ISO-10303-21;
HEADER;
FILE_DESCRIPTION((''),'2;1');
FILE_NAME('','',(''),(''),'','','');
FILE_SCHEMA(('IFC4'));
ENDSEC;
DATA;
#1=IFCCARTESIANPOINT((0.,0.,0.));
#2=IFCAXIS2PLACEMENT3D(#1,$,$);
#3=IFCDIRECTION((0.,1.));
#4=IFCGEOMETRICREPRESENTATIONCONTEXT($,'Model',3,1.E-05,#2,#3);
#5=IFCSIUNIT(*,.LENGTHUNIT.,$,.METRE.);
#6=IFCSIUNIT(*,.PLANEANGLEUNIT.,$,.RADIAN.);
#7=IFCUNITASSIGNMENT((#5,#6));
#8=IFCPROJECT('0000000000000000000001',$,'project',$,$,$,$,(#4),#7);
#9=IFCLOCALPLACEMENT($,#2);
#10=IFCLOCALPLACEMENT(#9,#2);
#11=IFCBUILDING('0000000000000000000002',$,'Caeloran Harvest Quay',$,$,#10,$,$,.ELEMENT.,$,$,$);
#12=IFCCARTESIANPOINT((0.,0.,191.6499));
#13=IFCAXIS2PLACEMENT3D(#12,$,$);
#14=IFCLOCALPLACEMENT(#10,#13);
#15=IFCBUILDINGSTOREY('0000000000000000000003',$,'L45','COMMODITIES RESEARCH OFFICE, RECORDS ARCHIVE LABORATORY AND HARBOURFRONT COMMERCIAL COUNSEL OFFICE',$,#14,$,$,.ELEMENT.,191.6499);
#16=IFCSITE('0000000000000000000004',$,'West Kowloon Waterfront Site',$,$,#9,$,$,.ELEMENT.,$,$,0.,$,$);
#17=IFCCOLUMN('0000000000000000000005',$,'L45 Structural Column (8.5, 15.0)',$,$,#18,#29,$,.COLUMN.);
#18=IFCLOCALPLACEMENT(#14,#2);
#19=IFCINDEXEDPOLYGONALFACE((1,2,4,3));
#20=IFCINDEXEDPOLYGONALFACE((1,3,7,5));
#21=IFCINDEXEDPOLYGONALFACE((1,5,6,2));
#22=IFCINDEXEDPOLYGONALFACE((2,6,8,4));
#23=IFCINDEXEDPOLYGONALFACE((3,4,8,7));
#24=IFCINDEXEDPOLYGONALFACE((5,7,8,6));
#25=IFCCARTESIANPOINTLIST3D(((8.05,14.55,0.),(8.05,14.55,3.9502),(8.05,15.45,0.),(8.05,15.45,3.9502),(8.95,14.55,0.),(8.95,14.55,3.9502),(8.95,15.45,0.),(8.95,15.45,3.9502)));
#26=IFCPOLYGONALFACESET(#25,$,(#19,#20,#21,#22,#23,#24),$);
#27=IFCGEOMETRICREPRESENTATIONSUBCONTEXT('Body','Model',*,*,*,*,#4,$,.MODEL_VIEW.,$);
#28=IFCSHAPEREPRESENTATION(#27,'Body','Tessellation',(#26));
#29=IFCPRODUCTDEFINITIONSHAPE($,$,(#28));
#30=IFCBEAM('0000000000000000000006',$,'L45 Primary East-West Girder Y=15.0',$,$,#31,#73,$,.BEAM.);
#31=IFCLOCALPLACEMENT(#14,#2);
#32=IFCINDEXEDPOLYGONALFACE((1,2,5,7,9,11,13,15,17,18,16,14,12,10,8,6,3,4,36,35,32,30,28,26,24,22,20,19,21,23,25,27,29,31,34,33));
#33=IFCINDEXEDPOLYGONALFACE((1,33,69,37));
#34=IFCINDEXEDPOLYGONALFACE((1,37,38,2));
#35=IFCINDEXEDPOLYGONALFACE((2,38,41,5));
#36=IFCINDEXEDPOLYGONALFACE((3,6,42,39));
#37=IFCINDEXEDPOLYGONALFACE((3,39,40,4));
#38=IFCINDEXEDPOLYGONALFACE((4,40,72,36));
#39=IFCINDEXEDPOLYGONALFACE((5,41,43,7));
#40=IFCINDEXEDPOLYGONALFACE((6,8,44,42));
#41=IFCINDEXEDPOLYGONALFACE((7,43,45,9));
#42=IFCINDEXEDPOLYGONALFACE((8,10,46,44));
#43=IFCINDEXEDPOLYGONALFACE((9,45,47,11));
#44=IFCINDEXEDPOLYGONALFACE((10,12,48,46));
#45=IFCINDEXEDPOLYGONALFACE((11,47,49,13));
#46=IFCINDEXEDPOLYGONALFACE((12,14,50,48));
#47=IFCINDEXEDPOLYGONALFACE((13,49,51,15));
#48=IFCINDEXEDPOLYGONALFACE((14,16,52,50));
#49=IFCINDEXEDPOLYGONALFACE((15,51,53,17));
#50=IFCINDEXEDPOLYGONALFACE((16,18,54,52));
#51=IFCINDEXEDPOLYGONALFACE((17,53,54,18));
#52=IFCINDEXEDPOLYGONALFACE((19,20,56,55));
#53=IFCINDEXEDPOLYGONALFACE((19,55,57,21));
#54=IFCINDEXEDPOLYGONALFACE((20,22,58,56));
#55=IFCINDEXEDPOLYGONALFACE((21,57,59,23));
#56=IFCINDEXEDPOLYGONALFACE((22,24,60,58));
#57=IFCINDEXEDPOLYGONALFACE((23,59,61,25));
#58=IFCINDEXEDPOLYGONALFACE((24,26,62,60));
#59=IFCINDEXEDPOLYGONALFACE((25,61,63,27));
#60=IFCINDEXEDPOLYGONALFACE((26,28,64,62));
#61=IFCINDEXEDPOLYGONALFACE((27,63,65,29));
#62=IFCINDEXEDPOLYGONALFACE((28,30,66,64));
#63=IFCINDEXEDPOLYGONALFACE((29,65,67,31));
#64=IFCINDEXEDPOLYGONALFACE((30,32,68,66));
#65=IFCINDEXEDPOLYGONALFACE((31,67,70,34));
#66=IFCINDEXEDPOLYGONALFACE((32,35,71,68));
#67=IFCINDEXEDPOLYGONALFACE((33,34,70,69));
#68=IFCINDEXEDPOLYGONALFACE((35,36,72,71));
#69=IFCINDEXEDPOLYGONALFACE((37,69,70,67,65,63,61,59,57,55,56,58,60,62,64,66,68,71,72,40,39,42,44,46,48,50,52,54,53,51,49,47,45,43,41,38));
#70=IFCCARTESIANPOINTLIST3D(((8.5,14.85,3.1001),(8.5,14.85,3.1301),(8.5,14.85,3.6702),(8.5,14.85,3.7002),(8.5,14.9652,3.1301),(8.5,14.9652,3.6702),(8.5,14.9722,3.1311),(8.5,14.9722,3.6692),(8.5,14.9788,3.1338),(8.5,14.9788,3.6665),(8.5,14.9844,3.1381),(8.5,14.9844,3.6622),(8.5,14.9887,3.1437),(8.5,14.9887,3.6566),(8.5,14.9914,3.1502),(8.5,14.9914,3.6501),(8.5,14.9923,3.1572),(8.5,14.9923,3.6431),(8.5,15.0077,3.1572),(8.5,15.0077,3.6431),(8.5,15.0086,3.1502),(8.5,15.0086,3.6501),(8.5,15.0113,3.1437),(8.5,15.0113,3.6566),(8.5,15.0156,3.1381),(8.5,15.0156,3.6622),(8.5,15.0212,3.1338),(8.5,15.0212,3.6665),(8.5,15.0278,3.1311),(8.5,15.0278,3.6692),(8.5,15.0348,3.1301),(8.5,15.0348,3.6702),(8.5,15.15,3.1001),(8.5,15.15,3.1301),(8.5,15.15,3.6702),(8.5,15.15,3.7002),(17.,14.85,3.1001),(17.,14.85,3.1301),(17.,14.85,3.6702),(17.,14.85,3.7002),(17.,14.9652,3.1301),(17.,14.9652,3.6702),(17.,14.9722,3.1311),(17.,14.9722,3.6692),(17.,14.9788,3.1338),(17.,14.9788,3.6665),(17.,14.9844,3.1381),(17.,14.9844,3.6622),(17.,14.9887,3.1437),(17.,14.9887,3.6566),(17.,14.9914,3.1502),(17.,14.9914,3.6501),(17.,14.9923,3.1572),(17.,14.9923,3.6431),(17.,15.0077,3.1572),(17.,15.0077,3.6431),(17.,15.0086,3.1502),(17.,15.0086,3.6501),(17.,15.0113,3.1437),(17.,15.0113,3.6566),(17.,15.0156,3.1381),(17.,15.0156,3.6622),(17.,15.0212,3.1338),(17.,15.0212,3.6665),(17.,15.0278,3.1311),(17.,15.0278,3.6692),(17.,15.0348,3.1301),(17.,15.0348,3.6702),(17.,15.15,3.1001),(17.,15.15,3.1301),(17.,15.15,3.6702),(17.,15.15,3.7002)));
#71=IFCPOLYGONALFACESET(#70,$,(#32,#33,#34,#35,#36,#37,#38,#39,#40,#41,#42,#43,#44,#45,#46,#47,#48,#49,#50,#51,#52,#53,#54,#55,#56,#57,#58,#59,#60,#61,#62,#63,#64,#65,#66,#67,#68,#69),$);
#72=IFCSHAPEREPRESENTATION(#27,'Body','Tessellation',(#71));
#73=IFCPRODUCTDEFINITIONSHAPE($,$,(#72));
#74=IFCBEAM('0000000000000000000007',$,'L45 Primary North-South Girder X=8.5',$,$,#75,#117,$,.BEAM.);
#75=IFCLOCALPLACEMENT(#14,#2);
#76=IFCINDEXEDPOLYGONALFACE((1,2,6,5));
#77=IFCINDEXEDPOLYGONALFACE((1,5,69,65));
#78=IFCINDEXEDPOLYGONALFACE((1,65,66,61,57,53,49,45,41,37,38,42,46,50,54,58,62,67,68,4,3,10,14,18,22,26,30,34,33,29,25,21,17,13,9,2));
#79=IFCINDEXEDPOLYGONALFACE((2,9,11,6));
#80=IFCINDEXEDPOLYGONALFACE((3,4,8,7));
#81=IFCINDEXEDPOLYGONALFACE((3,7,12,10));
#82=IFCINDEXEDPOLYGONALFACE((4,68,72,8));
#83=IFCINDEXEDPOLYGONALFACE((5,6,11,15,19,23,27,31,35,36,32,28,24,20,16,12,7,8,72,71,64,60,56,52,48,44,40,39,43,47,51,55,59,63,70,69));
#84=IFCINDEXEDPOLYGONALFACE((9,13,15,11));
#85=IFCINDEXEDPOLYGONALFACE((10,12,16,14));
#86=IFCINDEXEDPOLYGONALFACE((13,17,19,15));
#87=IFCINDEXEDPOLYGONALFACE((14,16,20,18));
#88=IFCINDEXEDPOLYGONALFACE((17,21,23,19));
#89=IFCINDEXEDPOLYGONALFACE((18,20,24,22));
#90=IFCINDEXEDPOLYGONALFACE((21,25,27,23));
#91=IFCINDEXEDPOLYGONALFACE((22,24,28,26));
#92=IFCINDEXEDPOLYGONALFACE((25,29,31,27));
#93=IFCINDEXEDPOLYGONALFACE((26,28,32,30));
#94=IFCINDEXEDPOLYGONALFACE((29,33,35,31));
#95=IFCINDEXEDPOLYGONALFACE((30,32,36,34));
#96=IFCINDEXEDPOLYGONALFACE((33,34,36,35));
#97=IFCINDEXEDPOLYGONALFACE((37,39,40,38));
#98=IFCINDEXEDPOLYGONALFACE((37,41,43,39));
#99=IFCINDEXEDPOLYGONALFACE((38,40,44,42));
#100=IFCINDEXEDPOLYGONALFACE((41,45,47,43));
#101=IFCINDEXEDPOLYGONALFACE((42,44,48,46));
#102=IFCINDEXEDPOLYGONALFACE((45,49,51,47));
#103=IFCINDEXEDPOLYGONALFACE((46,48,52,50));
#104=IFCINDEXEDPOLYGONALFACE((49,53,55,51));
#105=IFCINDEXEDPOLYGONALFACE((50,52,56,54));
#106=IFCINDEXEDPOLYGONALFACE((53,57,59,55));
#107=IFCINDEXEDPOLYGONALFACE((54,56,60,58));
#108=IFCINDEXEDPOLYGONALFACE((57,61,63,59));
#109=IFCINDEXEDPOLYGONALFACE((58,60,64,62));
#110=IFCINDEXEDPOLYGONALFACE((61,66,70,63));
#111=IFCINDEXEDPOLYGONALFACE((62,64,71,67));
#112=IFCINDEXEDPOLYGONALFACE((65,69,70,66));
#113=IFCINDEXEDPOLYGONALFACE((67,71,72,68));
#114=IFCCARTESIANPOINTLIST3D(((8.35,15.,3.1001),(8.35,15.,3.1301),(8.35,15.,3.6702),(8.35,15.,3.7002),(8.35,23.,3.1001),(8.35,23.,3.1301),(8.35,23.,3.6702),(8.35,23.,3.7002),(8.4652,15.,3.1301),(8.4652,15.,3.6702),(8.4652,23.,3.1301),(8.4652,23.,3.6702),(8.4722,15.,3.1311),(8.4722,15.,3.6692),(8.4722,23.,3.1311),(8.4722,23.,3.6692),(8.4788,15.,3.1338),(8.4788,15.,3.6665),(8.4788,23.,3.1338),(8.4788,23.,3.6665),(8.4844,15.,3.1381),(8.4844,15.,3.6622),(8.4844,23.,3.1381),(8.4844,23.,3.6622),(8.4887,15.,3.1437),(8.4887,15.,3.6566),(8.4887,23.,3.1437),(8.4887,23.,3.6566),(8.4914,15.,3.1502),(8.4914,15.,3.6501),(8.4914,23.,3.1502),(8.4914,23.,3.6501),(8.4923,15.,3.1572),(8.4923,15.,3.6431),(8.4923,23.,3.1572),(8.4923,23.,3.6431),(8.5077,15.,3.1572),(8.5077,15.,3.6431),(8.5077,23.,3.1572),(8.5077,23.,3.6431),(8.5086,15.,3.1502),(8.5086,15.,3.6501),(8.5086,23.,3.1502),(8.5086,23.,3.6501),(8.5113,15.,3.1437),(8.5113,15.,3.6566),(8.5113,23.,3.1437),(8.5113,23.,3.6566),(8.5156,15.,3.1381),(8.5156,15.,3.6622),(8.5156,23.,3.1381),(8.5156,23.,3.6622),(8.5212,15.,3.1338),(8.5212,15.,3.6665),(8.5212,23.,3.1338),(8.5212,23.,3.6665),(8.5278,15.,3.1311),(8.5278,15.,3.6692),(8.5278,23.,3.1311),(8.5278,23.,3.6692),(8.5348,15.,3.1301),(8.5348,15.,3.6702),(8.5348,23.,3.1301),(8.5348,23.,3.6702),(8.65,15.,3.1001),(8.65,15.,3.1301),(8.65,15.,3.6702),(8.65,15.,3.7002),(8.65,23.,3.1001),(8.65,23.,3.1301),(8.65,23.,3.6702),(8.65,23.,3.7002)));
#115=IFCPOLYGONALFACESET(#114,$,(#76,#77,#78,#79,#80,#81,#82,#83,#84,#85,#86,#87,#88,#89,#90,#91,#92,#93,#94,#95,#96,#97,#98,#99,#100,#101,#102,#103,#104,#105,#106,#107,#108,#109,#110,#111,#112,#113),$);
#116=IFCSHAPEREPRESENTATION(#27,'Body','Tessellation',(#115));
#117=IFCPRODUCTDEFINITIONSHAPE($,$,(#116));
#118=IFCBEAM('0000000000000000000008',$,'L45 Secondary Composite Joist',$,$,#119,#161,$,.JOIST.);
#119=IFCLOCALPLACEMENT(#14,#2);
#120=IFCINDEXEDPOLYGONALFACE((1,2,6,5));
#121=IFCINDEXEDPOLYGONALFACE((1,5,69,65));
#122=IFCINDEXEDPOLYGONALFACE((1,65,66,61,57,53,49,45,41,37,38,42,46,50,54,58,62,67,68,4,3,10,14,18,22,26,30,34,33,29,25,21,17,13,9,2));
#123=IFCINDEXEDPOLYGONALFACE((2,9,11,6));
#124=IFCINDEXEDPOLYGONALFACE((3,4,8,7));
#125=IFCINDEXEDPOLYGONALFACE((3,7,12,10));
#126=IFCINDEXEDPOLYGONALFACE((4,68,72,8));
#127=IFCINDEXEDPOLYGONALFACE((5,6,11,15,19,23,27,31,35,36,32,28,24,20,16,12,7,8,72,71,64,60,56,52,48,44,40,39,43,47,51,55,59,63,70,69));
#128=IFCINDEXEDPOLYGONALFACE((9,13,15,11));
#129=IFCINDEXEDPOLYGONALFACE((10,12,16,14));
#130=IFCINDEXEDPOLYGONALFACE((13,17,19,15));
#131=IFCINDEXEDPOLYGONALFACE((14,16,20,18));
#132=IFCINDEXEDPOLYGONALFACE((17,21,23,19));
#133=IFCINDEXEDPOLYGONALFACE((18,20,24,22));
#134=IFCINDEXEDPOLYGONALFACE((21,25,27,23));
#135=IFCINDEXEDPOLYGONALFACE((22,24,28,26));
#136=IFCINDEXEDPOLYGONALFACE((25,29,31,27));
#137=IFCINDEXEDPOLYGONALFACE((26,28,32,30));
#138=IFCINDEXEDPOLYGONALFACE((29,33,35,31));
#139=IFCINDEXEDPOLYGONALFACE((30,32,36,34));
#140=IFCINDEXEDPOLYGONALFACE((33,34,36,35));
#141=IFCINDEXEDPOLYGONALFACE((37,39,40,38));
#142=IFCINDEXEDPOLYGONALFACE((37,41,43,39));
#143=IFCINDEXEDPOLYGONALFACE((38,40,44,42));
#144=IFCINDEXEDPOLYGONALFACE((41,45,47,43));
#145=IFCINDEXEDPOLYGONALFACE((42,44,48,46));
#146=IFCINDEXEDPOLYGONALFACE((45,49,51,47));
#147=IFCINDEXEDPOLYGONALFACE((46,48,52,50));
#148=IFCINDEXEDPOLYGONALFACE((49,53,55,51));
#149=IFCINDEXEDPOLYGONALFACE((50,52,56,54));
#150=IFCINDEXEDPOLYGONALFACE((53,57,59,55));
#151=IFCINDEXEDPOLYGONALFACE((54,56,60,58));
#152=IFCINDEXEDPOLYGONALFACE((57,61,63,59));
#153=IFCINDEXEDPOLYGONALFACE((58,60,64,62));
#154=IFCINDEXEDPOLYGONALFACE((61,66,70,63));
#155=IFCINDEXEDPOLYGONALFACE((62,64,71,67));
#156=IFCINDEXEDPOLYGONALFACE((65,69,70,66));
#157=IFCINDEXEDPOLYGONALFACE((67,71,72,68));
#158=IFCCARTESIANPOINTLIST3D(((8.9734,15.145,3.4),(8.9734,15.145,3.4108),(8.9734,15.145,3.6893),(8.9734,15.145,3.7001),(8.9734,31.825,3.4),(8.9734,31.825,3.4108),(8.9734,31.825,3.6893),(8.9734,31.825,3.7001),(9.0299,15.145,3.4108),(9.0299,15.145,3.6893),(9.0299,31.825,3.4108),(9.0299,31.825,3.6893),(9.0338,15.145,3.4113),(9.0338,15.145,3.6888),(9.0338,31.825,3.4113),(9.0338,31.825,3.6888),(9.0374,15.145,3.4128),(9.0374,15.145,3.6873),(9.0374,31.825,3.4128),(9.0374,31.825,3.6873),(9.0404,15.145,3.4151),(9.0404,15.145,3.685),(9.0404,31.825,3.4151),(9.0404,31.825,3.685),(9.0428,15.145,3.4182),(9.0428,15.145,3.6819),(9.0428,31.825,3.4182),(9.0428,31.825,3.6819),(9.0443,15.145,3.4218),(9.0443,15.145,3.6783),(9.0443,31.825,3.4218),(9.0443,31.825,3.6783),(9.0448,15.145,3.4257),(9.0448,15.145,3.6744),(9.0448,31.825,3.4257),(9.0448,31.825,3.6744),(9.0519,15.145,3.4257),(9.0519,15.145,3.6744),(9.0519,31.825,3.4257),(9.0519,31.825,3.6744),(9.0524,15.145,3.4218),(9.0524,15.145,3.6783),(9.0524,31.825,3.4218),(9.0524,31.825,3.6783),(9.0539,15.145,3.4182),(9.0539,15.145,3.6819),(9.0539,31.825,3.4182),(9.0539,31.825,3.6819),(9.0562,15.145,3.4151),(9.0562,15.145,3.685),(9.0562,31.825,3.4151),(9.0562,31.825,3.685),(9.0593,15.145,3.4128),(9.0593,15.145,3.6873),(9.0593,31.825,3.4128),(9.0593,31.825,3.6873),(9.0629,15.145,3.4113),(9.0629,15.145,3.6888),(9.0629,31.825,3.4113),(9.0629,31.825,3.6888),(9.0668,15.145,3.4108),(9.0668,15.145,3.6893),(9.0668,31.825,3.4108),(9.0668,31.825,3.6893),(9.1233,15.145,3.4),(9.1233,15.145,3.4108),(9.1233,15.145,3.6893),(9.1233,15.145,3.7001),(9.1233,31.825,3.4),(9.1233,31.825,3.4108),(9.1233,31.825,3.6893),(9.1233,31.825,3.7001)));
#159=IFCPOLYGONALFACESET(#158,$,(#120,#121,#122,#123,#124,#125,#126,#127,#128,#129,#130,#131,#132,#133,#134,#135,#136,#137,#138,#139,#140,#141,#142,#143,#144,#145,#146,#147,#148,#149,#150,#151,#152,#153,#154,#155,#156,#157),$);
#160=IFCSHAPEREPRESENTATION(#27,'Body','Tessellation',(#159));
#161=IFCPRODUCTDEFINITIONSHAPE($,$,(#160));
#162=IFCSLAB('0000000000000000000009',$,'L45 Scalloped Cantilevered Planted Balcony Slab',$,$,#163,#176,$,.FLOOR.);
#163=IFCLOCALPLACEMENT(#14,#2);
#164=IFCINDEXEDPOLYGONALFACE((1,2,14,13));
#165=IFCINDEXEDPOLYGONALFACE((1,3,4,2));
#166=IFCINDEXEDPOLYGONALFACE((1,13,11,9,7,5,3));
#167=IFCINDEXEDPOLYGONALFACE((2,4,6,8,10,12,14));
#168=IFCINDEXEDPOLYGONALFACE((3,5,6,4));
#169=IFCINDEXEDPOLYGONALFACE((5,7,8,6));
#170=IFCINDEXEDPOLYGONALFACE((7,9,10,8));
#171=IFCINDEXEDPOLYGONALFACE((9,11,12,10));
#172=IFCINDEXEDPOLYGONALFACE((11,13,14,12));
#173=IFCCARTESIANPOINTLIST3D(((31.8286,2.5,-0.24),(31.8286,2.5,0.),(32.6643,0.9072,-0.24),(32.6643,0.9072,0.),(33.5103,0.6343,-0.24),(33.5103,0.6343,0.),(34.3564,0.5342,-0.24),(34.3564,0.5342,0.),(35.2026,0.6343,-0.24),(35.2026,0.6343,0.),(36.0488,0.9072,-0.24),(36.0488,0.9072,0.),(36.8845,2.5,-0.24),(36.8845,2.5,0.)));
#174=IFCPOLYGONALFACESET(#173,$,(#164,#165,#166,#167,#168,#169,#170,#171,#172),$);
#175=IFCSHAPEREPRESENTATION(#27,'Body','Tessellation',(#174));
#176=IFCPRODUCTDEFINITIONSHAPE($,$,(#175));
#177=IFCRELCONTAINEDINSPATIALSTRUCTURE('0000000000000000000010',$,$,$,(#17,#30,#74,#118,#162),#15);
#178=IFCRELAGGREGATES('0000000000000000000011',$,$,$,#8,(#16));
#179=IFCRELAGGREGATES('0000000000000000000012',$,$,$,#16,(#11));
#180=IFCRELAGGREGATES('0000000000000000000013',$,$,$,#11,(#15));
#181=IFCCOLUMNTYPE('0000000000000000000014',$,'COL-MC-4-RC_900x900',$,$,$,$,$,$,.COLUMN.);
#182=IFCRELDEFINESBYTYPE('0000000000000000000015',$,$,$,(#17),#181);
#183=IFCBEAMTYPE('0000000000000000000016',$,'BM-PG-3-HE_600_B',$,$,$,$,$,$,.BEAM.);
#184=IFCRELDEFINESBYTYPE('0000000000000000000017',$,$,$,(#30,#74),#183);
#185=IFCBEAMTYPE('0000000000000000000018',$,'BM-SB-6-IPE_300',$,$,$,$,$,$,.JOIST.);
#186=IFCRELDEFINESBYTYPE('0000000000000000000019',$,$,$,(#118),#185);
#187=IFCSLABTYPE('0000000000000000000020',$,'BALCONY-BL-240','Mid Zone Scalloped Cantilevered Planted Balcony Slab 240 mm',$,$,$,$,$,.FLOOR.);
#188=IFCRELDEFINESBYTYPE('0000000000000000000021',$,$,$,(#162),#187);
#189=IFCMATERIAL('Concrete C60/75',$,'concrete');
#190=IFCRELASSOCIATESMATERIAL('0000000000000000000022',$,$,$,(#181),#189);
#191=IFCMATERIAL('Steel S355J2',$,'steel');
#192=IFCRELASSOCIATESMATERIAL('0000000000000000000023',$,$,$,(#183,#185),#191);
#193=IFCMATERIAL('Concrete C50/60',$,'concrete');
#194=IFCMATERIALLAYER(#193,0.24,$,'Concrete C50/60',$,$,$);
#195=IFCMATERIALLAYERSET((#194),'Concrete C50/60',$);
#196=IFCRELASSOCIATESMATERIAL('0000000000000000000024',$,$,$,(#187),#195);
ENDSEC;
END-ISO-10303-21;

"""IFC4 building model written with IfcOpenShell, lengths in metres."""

from ifc_helpers import new_model, si_unit, direction, frame, origin, origin_2d, place, context, subcontext, project, spatial, polyline, rectangle, i_section, outline, extrude, material, layer, layer_set, material_profile, profile_set, type_object, element, save


model = new_model("IFC4")

# Units and contexts
model_context = context("Model", 3, precision=1e-05, world=origin(), true_north=direction((0.0, 1.0)))
body_context = subcontext(model_context, "Body", "Model", "MODEL_VIEW")
ifc_project = project(units=[si_unit("LENGTHUNIT", "METRE"), si_unit("PLANEANGLEUNIT", "RADIAN")], contexts=[model_context])

# Site, building, storey
site_placement = place(None, origin())
site = spatial("IfcSite", under=ifc_project, at=site_placement, Name="West Kowloon Waterfront Site", CompositionType="ELEMENT", RefElevation=0.0)
building_placement = place(site_placement, origin())
building = spatial("IfcBuilding", under=site, at=building_placement, Name="Caeloran Harvest Quay", CompositionType="ELEMENT")
storey_placement = place(building_placement, frame((0.0, 0.0, 191.6499)))
storey = spatial("IfcBuildingStorey", under=building, at=storey_placement, Name="L45", Description="COMMODITIES RESEARCH OFFICE, RECORDS ARCHIVE LABORATORY AND HARBOURFRONT COMMERCIAL COUNSEL OFFICE", CompositionType="ELEMENT", Elevation=191.6499)

# Column
ifc_material_1 = material(Name="Concrete C60/75", Category="concrete")
ifc_material_profile_1 = material_profile(ifc_material_1, rectangle(XDim=0.8999, YDim=0.8999, at=origin_2d()), Name="RC 900x900")
ifc_profile_set_1 = profile_set([ifc_material_profile_1], Name="Concrete C60/75")
column_type = type_object("IfcColumnType", Name="COL-MC-4-RC_900x900", PredefinedType="COLUMN", material=ifc_profile_set_1)
column_placement = place(storey_placement, frame((8.5, 15.0, 0.0), z_axis=(0.0, 0.0, 1.0), x_axis=(1.0, 0.0, 0.0)))
element("IfcColumn", 1, at=column_placement, inside=storey, type_object=column_type, Name="L45 Structural Column (8.5, 15.0)", PredefinedType="COLUMN", context=body_context, shape_type="SweptSolid", body=[
    extrude(rectangle(XDim=0.8999, YDim=0.8999, at=origin_2d()), origin(), (0.0, 0.0, 1.0), 3.9502),
])

# Beams
ifc_material_2 = material(Name="Steel S355J2", Category="steel")
ifc_material_profile_2 = material_profile(ifc_material_2, i_section(OverallWidth=0.3, OverallDepth=0.6001, WebThickness=0.0154, FlangeThickness=0.03, FilletRadius=0.0271, at=origin_2d()), Name="HE 600 B")
ifc_profile_set_2 = profile_set([ifc_material_profile_2], Name="Steel S355J2")
beam_type_1 = type_object("IfcBeamType", Name="BM-PG-3-HE_600_B", PredefinedType="BEAM", material=ifc_profile_set_2)
beam_1_placement = place(storey_placement, frame((8.5, 15.0, 3.4001), z_axis=(1.0, 0.0, 0.0), x_axis=(0.0, 1.0, 0.0)))
element("IfcBeam", 2, at=beam_1_placement, inside=storey, type_object=beam_type_1, Name="L45 Primary East-West Girder Y=15.0", PredefinedType="BEAM", context=body_context, shape_type="SweptSolid", body=[
    extrude(i_section(OverallWidth=0.3, OverallDepth=0.6001, WebThickness=0.0154, FlangeThickness=0.03, FilletRadius=0.0271, at=origin_2d()), origin(), (0.0, 0.0, 1.0), 8.5),
])
beam_2_placement = place(storey_placement, frame((8.5, 15.0, 3.4001), z_axis=(0.0, 1.0, 0.0), x_axis=(-1.0, 0.0, 0.0)))
element("IfcBeam", 3, at=beam_2_placement, inside=storey, type_object=beam_type_1, Name="L45 Primary North-South Girder X=8.5", PredefinedType="BEAM", context=body_context, shape_type="SweptSolid", body=[
    extrude(i_section(OverallWidth=0.3, OverallDepth=0.6001, WebThickness=0.0154, FlangeThickness=0.03, FilletRadius=0.0271, at=origin_2d()), origin(), (0.0, 0.0, 1.0), 8.0),
])
ifc_material_profile_3 = material_profile(ifc_material_2, i_section(OverallWidth=0.1499, OverallDepth=0.3, WebThickness=0.0071, FlangeThickness=0.0107, FilletRadius=0.0149, at=origin_2d()), Name="IPE 300")
ifc_profile_set_3 = profile_set([ifc_material_profile_3], Name="Steel S355J2")
beam_type_2 = type_object("IfcBeamType", Name="BM-SB-6-IPE_300", PredefinedType="JOIST", material=ifc_profile_set_3)
beam_3_placement = place(storey_placement, frame((9.0483, 15.145, 3.55), z_axis=(0.0, 1.0, 0.0), x_axis=(-1.0, 0.0, 0.0)))
element("IfcBeam", 4, at=beam_3_placement, inside=storey, type_object=beam_type_2, Name="L45 Secondary Composite Joist", PredefinedType="JOIST", context=body_context, shape_type="SweptSolid", body=[
    extrude(i_section(OverallWidth=0.1499, OverallDepth=0.3, WebThickness=0.0071, FlangeThickness=0.0107, FilletRadius=0.0149, at=origin_2d()), origin(), (0.0, 0.0, 1.0), 16.6799),
])

# Slab
ifc_material_3 = material(Name="Concrete C50/60", Category="concrete")
ifc_layer_1 = layer(ifc_material_3, 0.24, Name="Concrete C50/60")
ifc_layer_set_1 = layer_set([ifc_layer_1], Name="Concrete C50/60")
slab_type_1 = type_object("IfcSlabType", Name="BALCONY-BL-240", Description="Mid Zone Scalloped Cantilevered Planted Balcony Slab 240 mm", PredefinedType="FLOOR", material=ifc_layer_set_1)
slab_1_placement = place(storey_placement, frame((0.0, 0.0, -0.24)))
element("IfcSlab", 5, at=slab_1_placement, inside=storey, type_object=slab_type_1, Name="L45 Scalloped Cantilevered Planted Balcony Slab", PredefinedType="FLOOR", context=body_context, shape_type="SweptSolid", body=[
    extrude(outline(polyline([(36.0488, 0.9072), (35.2026, 0.6343), (34.3564, 0.5342), (33.5103, 0.6343), (32.6643, 0.9072), (31.8286, 2.5), (36.8845, 2.5), (36.0488, 0.9072)])), origin(), (0.0, 0.0, 1.0), 0.24),
])

save(model, "model.ifc")
